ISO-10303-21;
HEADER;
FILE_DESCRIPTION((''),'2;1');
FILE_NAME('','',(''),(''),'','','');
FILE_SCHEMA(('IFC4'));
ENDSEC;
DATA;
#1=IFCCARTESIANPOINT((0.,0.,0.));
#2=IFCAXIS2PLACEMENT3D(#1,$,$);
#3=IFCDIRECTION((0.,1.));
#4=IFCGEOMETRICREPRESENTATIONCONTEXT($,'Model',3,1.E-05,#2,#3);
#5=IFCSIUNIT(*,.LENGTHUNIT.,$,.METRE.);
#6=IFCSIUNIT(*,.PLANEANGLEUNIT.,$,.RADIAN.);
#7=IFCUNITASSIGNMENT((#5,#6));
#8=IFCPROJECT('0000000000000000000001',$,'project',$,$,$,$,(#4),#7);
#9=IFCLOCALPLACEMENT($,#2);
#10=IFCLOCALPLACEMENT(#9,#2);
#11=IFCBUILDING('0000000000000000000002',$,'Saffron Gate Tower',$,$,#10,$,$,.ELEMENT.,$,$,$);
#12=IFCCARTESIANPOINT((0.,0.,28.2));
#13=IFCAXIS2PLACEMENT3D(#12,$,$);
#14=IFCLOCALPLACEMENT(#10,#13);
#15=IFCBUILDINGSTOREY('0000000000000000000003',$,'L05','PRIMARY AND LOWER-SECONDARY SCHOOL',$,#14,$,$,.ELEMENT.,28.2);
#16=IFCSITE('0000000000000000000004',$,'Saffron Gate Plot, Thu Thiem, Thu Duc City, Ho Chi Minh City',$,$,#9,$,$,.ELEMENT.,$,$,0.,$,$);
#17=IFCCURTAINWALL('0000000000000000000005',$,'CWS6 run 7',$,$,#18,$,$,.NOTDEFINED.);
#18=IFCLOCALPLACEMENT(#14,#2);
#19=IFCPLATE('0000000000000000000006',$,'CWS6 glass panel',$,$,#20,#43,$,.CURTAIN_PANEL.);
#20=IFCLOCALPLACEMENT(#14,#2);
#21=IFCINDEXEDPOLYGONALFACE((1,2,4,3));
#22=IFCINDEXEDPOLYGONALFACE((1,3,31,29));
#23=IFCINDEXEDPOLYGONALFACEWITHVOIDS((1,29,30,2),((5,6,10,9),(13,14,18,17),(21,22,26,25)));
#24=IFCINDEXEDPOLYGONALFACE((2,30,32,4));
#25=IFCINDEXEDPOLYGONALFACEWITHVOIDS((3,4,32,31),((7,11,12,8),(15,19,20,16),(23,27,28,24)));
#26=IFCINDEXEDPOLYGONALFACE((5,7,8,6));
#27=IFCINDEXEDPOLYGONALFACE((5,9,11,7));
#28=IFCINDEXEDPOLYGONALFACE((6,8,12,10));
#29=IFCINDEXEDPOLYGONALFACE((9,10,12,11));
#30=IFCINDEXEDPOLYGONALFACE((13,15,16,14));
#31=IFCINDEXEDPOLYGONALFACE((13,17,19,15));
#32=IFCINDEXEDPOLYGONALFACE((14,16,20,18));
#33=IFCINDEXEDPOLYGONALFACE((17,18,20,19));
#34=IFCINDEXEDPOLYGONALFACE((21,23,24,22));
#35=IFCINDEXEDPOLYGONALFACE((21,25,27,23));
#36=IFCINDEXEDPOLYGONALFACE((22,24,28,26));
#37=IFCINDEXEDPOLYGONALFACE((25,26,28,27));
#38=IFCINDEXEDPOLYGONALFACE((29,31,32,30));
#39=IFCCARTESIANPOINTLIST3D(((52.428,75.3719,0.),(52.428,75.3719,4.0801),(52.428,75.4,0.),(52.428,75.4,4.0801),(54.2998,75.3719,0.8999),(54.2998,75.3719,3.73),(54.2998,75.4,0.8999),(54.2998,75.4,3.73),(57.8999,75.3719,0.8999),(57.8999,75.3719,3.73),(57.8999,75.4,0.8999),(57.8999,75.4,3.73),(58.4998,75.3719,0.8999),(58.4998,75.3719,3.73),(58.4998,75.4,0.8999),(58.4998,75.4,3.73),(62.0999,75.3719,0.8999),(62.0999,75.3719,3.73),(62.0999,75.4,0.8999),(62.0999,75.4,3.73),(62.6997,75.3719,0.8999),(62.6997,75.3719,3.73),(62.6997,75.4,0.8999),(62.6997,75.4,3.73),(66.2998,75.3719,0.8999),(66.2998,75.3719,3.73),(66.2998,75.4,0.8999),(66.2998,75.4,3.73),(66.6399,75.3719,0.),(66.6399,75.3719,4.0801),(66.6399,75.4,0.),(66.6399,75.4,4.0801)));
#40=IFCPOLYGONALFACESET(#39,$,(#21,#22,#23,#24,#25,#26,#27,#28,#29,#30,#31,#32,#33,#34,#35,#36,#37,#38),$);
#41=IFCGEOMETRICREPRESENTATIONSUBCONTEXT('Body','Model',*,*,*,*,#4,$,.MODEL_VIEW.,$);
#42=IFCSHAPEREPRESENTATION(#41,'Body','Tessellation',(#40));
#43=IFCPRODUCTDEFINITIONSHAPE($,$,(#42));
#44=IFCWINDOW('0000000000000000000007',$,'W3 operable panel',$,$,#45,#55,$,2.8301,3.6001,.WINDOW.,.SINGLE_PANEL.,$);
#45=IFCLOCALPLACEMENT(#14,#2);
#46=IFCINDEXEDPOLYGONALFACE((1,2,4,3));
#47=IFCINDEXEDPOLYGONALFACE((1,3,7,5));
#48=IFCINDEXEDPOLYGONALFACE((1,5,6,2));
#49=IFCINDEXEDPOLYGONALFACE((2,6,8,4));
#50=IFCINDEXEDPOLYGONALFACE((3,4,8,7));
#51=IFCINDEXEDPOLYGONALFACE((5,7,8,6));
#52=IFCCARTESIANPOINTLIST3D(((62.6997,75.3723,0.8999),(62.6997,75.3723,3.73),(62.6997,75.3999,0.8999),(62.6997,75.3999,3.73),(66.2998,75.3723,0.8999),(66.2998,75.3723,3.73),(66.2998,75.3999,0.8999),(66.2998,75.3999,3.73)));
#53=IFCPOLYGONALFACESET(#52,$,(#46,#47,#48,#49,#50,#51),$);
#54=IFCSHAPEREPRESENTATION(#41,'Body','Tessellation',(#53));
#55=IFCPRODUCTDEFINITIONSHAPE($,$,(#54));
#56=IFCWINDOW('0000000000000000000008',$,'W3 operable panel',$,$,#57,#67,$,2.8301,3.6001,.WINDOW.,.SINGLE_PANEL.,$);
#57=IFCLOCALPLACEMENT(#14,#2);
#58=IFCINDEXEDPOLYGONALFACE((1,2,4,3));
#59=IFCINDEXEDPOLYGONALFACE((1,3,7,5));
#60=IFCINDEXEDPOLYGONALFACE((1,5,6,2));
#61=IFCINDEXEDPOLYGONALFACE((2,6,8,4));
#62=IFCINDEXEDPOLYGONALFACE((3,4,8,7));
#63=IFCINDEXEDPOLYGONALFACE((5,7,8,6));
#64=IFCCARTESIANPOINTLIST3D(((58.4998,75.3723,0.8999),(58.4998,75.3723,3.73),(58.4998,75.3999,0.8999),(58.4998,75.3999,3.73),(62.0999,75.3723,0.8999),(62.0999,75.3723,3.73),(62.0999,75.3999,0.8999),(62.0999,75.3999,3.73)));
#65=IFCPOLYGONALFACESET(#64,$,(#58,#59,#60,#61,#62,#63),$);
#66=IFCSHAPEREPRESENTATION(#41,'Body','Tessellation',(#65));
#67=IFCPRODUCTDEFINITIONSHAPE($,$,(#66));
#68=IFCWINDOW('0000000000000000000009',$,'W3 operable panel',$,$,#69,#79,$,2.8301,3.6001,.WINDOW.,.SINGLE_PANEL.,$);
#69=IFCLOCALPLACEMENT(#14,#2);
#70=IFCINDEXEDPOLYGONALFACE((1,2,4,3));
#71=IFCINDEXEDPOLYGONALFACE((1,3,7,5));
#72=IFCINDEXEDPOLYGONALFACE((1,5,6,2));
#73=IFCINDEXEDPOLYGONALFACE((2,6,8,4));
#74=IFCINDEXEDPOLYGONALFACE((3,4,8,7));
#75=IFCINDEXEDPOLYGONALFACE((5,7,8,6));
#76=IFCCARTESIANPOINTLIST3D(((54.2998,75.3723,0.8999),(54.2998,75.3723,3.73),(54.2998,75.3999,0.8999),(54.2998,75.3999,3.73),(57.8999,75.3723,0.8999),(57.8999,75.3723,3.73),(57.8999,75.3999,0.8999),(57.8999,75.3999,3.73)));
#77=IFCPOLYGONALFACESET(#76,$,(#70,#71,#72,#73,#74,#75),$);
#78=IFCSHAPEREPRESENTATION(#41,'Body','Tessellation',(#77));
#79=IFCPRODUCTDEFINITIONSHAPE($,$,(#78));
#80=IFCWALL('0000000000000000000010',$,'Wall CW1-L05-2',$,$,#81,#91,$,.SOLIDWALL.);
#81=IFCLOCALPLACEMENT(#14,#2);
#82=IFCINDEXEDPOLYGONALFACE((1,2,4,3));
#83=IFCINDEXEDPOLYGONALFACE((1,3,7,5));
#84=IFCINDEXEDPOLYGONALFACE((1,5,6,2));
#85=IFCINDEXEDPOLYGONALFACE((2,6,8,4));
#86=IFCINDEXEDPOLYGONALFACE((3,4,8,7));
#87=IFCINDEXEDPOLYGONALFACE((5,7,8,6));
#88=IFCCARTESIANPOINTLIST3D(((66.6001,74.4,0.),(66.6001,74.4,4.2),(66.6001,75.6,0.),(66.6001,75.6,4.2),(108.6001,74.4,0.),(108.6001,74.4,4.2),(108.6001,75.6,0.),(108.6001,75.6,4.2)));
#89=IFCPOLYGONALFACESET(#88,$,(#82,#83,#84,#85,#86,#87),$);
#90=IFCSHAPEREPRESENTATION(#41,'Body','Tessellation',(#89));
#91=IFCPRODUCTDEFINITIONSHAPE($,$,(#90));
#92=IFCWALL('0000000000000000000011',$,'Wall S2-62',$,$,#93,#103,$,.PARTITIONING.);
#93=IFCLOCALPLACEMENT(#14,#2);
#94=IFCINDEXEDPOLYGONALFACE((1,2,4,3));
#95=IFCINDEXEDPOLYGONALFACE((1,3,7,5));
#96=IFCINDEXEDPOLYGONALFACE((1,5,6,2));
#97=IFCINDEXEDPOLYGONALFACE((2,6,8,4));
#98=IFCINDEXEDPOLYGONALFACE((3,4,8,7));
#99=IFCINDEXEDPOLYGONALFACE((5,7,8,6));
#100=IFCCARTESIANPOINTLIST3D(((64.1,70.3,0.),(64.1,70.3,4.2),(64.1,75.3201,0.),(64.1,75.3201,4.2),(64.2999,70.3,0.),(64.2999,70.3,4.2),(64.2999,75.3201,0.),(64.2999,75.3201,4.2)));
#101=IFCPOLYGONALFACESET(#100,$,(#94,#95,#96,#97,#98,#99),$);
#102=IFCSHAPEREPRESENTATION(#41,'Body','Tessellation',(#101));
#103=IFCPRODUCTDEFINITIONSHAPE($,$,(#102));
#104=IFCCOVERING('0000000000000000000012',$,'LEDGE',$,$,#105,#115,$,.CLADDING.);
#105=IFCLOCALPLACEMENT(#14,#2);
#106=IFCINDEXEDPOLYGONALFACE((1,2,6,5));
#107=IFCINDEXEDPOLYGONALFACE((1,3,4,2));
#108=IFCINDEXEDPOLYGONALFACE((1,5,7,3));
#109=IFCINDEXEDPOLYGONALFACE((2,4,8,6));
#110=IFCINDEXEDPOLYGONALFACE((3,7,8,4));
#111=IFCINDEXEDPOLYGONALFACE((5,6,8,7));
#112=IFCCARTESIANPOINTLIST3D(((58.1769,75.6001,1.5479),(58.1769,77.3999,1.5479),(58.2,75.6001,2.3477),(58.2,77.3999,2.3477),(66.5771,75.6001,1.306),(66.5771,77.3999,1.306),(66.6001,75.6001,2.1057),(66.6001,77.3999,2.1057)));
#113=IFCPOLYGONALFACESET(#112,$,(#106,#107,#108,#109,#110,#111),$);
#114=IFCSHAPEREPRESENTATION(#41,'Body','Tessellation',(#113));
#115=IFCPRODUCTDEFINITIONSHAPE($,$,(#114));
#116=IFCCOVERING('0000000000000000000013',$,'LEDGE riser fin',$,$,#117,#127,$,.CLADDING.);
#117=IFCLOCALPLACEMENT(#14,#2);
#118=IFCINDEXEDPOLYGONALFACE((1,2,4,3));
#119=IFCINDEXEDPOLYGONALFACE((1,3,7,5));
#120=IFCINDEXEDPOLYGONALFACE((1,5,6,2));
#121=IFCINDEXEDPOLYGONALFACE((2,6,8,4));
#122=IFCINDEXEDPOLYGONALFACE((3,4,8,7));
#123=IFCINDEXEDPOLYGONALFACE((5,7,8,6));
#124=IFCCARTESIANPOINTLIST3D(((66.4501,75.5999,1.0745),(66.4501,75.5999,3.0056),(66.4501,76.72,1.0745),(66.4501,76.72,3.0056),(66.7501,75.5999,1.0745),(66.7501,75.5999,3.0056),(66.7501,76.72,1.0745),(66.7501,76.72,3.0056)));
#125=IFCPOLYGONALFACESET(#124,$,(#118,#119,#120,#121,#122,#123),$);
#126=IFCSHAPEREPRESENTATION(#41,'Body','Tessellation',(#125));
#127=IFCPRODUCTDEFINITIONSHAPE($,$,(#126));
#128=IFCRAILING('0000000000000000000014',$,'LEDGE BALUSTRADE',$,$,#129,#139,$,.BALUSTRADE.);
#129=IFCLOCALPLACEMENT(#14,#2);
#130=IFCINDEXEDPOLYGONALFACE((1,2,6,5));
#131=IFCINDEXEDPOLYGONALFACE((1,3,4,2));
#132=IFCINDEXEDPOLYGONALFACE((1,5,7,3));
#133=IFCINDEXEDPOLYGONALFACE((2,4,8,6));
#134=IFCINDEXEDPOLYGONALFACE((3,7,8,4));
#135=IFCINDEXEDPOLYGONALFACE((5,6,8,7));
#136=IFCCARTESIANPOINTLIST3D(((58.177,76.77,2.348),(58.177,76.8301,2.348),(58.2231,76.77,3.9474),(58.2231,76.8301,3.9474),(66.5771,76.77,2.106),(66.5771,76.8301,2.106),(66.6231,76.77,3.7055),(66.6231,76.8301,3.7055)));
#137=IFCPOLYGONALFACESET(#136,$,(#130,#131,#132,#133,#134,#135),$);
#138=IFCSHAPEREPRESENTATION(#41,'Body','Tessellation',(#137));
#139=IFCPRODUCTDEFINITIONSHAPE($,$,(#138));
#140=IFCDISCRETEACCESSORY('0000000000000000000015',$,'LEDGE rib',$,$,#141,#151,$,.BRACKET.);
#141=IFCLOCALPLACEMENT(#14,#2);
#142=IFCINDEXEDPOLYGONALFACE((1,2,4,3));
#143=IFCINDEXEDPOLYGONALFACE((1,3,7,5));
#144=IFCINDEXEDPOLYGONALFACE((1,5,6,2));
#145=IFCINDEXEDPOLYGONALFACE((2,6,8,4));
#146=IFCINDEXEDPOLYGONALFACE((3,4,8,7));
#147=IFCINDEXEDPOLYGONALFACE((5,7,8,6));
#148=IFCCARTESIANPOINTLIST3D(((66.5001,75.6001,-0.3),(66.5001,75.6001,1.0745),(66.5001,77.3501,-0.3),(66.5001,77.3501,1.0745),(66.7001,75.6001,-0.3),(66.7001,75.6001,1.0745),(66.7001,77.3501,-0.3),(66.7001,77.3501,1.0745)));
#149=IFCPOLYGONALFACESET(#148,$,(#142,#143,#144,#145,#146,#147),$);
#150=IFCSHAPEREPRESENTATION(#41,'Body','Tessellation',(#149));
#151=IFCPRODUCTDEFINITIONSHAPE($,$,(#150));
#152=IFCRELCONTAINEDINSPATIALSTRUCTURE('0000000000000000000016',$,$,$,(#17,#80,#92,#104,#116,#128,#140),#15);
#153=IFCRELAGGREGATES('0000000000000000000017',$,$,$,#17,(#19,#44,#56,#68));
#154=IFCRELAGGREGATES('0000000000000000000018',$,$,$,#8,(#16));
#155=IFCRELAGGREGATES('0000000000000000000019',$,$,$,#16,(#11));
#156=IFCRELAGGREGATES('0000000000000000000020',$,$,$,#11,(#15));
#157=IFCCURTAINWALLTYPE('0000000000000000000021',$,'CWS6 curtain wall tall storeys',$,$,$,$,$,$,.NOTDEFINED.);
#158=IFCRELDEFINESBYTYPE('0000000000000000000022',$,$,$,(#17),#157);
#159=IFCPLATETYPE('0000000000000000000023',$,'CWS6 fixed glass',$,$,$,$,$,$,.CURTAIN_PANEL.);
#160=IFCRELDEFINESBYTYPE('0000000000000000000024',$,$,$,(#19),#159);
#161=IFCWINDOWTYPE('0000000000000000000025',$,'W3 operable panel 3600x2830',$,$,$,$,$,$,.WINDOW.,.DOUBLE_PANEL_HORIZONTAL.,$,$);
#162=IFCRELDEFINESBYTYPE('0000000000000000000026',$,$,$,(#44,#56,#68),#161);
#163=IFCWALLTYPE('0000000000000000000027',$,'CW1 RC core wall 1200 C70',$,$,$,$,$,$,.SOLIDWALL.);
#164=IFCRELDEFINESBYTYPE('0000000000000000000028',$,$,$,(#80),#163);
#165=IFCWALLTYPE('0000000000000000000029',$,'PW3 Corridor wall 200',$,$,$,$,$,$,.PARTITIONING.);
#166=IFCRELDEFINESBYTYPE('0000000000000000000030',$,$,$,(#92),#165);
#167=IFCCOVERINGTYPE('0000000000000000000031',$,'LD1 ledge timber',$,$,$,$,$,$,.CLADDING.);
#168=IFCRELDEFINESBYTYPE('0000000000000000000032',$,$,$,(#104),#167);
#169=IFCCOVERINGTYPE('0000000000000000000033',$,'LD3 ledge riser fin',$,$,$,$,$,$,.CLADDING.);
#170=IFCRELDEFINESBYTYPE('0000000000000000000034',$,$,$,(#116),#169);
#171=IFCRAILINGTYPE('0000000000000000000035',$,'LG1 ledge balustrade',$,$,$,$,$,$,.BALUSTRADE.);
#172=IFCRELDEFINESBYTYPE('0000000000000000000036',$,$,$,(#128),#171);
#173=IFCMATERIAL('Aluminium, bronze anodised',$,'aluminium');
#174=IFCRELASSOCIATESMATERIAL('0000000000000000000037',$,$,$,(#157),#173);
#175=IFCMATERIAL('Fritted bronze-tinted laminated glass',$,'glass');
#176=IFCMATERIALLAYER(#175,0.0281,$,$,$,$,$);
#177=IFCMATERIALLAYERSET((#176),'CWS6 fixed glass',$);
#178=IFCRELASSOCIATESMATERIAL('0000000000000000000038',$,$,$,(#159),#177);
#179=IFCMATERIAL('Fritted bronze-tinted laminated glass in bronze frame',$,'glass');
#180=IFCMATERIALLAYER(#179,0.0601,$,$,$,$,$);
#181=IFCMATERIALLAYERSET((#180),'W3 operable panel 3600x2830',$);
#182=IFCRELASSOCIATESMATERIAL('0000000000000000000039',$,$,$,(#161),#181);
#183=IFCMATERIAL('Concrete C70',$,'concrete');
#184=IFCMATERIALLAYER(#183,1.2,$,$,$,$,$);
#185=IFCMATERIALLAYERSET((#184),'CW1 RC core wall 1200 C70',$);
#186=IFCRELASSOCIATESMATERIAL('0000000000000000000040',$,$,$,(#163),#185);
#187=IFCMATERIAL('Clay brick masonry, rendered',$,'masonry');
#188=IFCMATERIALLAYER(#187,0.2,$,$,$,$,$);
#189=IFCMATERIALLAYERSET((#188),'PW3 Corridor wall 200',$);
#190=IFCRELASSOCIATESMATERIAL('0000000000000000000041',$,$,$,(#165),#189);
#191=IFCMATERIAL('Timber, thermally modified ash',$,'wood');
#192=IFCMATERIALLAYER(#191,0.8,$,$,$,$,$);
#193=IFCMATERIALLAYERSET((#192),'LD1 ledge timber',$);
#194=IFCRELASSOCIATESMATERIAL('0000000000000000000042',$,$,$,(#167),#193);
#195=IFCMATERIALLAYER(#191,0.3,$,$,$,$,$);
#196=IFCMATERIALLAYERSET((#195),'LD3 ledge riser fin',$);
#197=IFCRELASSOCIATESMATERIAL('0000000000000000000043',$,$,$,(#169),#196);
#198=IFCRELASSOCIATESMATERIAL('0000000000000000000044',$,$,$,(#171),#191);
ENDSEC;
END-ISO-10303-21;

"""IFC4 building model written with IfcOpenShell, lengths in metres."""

from ifc_helpers import new_model, si_unit, direction, frame, frame_2d, origin, origin_2d, place, context, subcontext, project, spatial, polyline, rectangle, outline, extrude, material, layer, layer_set, type_object, element, fill, aggregate, save


model = new_model("IFC4")

# Units and contexts
model_context = context("Model", 3, precision=1e-05, world=origin(), true_north=direction((0.0, 1.0)))
body_context = subcontext(model_context, "Body", "Model", "MODEL_VIEW")
ifc_project = project(units=[si_unit("LENGTHUNIT", "METRE"), si_unit("PLANEANGLEUNIT", "RADIAN")], contexts=[model_context])

# Site, building, storey
site_placement = place(None, origin())
site = spatial("IfcSite", under=ifc_project, at=site_placement, Name="Saffron Gate Plot, Thu Thiem, Thu Duc City, Ho Chi Minh City", CompositionType="ELEMENT", RefElevation=0.0)
building_placement = place(site_placement, origin())
building = spatial("IfcBuilding", under=site, at=building_placement, Name="Saffron Gate Tower", CompositionType="ELEMENT")
storey_placement = place(building_placement, frame((0.0, 0.0, 28.2)))
storey = spatial("IfcBuildingStorey", under=building, at=storey_placement, Name="L05", Description="PRIMARY AND LOWER-SECONDARY SCHOOL", CompositionType="ELEMENT", Elevation=28.2)

# Curtain wall, plate, openings, windows
ifc_material_1 = material(Name="Aluminium, bronze anodised", Category="aluminium")
curtain_wall_type = type_object("IfcCurtainWallType", Name="CWS6 curtain wall tall storeys", PredefinedType="NOTDEFINED", material=ifc_material_1)
curtain_wall_placement = place(storey_placement, origin())
curtain_wall = element("IfcCurtainWall", 1, at=curtain_wall_placement, inside=storey, type_object=curtain_wall_type, Name="CWS6 run 7", PredefinedType="NOTDEFINED")
ifc_material_2 = material(Name="Fritted bronze-tinted laminated glass", Category="glass")
ifc_layer_1 = layer(ifc_material_2, 0.0281)
ifc_layer_set_1 = layer_set([ifc_layer_1], Name="CWS6 fixed glass")
plate_type = type_object("IfcPlateType", Name="CWS6 fixed glass", PredefinedType="CURTAIN_PANEL", material=ifc_layer_set_1)
plate_placement = place(storey_placement, frame((66.6399, 75.386, 0.0), z_axis=(0.0, 0.0, 1.0), x_axis=(-1.0, 0.0, 0.0)))
plate = element("IfcPlate", 2, at=plate_placement, type_object=plate_type, Name="CWS6 glass panel", PredefinedType="CURTAIN_PANEL", context=body_context, shape_type="SweptSolid", body=[
    extrude(rectangle(XDim=14.2119, YDim=0.0281, at=frame_2d((7.106, 0.0))), origin(), (0.0, 0.0, 1.0), 4.0801),
])
opening_1_placement = place(plate_placement, frame((0.3401, 0.0, 0.8999)))
opening_1 = element("IfcOpeningElement", 3, at=opening_1_placement, cuts=plate, PredefinedType="OPENING", context=body_context, shape_type="SweptSolid", body=[
    extrude(rectangle(XDim=3.6001, YDim=2.8301, at=frame_2d((1.8, 1.415))), frame((0.0, 0.0239, 0.0), z_axis=(0.0, -1.0, 0.0), x_axis=(1.0, 0.0, 0.0)), (0.0, 0.0, 1.0), 0.0481),
])
opening_2_placement = place(plate_placement, frame((4.54, 0.0, 0.8999)))
opening_2 = element("IfcOpeningElement", 4, at=opening_2_placement, cuts=plate, PredefinedType="OPENING", context=body_context, shape_type="SweptSolid", body=[
    extrude(rectangle(XDim=3.6001, YDim=2.8301, at=frame_2d((1.8, 1.415))), frame((0.0, 0.0239, 0.0), z_axis=(0.0, -1.0, 0.0), x_axis=(1.0, 0.0, 0.0)), (0.0, 0.0, 1.0), 0.0481),
])
opening_3_placement = place(plate_placement, frame((8.74, 0.0, 0.8999)))
opening_3 = element("IfcOpeningElement", 5, at=opening_3_placement, cuts=plate, PredefinedType="OPENING", context=body_context, shape_type="SweptSolid", body=[
    extrude(rectangle(XDim=3.6001, YDim=2.8301, at=frame_2d((1.8, 1.415))), frame((0.0, 0.0239, 0.0), z_axis=(0.0, -1.0, 0.0), x_axis=(1.0, 0.0, 0.0)), (0.0, 0.0, 1.0), 0.0481),
])
ifc_material_3 = material(Name="Fritted bronze-tinted laminated glass in bronze frame", Category="glass")
ifc_layer_2 = layer(ifc_material_3, 0.0601)
ifc_layer_set_2 = layer_set([ifc_layer_2], Name="W3 operable panel 3600x2830")
window_type = type_object("IfcWindowType", Name="W3 operable panel 3600x2830", PartitioningType="DOUBLE_PANEL_HORIZONTAL", PredefinedType="WINDOW", material=ifc_layer_set_2)
window_1_placement = place(opening_1_placement, origin())
window_1 = element("IfcWindow", 6, at=window_1_placement, type_object=window_type, Name="W3 operable panel", OverallHeight=2.8301, OverallWidth=3.6001, PartitioningType="SINGLE_PANEL", PredefinedType="WINDOW", context=body_context, shape_type="SweptSolid", body=[
    extrude(rectangle(XDim=3.6001, YDim=2.8301, at=frame_2d((1.8, 1.415))), frame((0.0, 0.0137, 0.0), z_axis=(0.0, -1.0, 0.0), x_axis=(1.0, 0.0, 0.0)), (0.0, 0.0, 1.0), 0.0276),
])
fill(opening_1, window_1)
window_2_placement = place(opening_2_placement, origin())
window_2 = element("IfcWindow", 7, at=window_2_placement, type_object=window_type, Name="W3 operable panel", OverallHeight=2.8301, OverallWidth=3.6001, PartitioningType="SINGLE_PANEL", PredefinedType="WINDOW", context=body_context, shape_type="SweptSolid", body=[
    extrude(rectangle(XDim=3.6001, YDim=2.8301, at=frame_2d((1.8, 1.415))), frame((0.0, 0.0137, 0.0), z_axis=(0.0, -1.0, 0.0), x_axis=(1.0, 0.0, 0.0)), (0.0, 0.0, 1.0), 0.0276),
])
fill(opening_2, window_2)
window_3_placement = place(opening_3_placement, origin())
window_3 = element("IfcWindow", 8, at=window_3_placement, type_object=window_type, Name="W3 operable panel", OverallHeight=2.8301, OverallWidth=3.6001, PartitioningType="SINGLE_PANEL", PredefinedType="WINDOW", context=body_context, shape_type="SweptSolid", body=[
    extrude(rectangle(XDim=3.6001, YDim=2.8301, at=frame_2d((1.8, 1.415))), frame((0.0, 0.0137, 0.0), z_axis=(0.0, -1.0, 0.0), x_axis=(1.0, 0.0, 0.0)), (0.0, 0.0, 1.0), 0.0276),
])
fill(opening_3, window_3)
aggregate(curtain_wall, [plate, window_1, window_2, window_3])

# Walls
ifc_material_4 = material(Name="Concrete C70", Category="concrete")
ifc_layer_3 = layer(ifc_material_4, 1.2)
ifc_layer_set_3 = layer_set([ifc_layer_3], Name="CW1 RC core wall 1200 C70")
wall_type_1 = type_object("IfcWallType", Name="CW1 RC core wall 1200 C70", PredefinedType="SOLIDWALL", material=ifc_layer_set_3)
wall_1_placement = place(storey_placement, frame((66.6001, 75.0, 0.0), z_axis=(0.0, 0.0, 1.0), x_axis=(1.0, 0.0, 0.0)))
element("IfcWall", 9, at=wall_1_placement, inside=storey, type_object=wall_type_1, Name="Wall CW1-L05-2", PredefinedType="SOLIDWALL", context=body_context, shape_type="SweptSolid", body=[
    extrude(rectangle(XDim=42.0, YDim=1.2, at=frame_2d((21.0, 0.0))), origin(), (0.0, 0.0, 1.0), 4.2),
])
ifc_material_5 = material(Name="Clay brick masonry, rendered", Category="masonry")
ifc_layer_4 = layer(ifc_material_5, 0.2)
ifc_layer_set_4 = layer_set([ifc_layer_4], Name="PW3 Corridor wall 200")
wall_type_2 = type_object("IfcWallType", Name="PW3 Corridor wall 200", PredefinedType="PARTITIONING", material=ifc_layer_set_4)
wall_2_placement = place(storey_placement, frame((64.2, 75.3201, 0.0), z_axis=(0.0, 0.0, 1.0), x_axis=(0.0, -1.0, 0.0)))
element("IfcWall", 10, at=wall_2_placement, inside=storey, type_object=wall_type_2, Name="Wall S2-62", PredefinedType="PARTITIONING", context=body_context, shape_type="SweptSolid", body=[
    extrude(rectangle(XDim=5.02, YDim=0.2, at=frame_2d((2.51, 0.0))), origin(), (0.0, 0.0, 1.0), 4.2),
])

# Coverings
ifc_material_6 = material(Name="Timber, thermally modified ash", Category="wood")
ifc_layer_5 = layer(ifc_material_6, 0.8)
ifc_layer_set_5 = layer_set([ifc_layer_5], Name="LD1 ledge timber")
covering_type_1 = type_object("IfcCoveringType", Name="LD1 ledge timber", PredefinedType="CLADDING", material=ifc_layer_set_5)
covering_1_placement = place(storey_placement, frame((66.6001, 75.6001, 2.1057), z_axis=(0.02879, 0.0, 0.999585), x_axis=(-0.999585, 0.0, 0.02879)))
element("IfcCovering", 11, at=covering_1_placement, inside=storey, type_object=covering_type_1, Name="LEDGE", PredefinedType="CLADDING", context=body_context, shape_type="SweptSolid", body=[
    extrude(outline(polyline([(0.0, 0.0), (8.4036, 0.0), (8.4036, -1.7998), (0.0, -1.7998), (0.0, 0.0)])), origin(), (0.0, 0.0, -1.0), 0.8),
])
ifc_layer_6 = layer(ifc_material_6, 0.3)
ifc_layer_set_6 = layer_set([ifc_layer_6], Name="LD3 ledge riser fin")
covering_type_2 = type_object("IfcCoveringType", Name="LD3 ledge riser fin", PredefinedType="CLADDING", material=ifc_layer_set_6)
covering_2_placement = place(storey_placement, frame((66.6001, 76.1599, 1.0745), z_axis=(0.0, 0.0, 1.0), x_axis=(-1.0, 0.0, 0.0)))
element("IfcCovering", 12, at=covering_2_placement, inside=storey, type_object=covering_type_2, Name="LEDGE riser fin", PredefinedType="CLADDING", context=body_context, shape_type="SweptSolid", body=[
    extrude(rectangle(XDim=0.3, YDim=1.1201, at=origin_2d()), origin(), (0.0, 0.0, 1.0), 1.9312),
])

# Railing
railing_type = type_object("IfcRailingType", Name="LG1 ledge balustrade", PredefinedType="BALUSTRADE", material=ifc_material_6)
railing_placement = place(storey_placement, frame((66.6001, 76.8, 2.1057)))
element("IfcRailing", 13, at=railing_placement, inside=storey, type_object=railing_type, Name="LEDGE BALUSTRADE", PredefinedType="BALUSTRADE", context=body_context, shape_type="SweptSolid", body=[
    extrude(rectangle(XDim=0.0601, YDim=1.6001, at=origin_2d()), frame((0.0, 0.0, 0.8), z_axis=(-0.999585, 0.0, 0.02879), x_axis=(0.0, -1.0, 0.0)), (0.0, 0.0, 1.0), 8.4036),
])

# Discrete accessory
discrete_accessory_placement = place(storey_placement, frame((66.6001, 76.4751, -0.3), z_axis=(0.0, 0.0, 1.0), x_axis=(-1.0, 0.0, 0.0)))
element("IfcDiscreteAccessory", 14, at=discrete_accessory_placement, inside=storey, Name="LEDGE rib", PredefinedType="BRACKET", context=body_context, shape_type="SweptSolid", body=[
    extrude(rectangle(XDim=0.2, YDim=1.75, at=origin_2d()), origin(), (0.0, 0.0, 1.0), 1.3745),
])

save(model, "model.ifc")
